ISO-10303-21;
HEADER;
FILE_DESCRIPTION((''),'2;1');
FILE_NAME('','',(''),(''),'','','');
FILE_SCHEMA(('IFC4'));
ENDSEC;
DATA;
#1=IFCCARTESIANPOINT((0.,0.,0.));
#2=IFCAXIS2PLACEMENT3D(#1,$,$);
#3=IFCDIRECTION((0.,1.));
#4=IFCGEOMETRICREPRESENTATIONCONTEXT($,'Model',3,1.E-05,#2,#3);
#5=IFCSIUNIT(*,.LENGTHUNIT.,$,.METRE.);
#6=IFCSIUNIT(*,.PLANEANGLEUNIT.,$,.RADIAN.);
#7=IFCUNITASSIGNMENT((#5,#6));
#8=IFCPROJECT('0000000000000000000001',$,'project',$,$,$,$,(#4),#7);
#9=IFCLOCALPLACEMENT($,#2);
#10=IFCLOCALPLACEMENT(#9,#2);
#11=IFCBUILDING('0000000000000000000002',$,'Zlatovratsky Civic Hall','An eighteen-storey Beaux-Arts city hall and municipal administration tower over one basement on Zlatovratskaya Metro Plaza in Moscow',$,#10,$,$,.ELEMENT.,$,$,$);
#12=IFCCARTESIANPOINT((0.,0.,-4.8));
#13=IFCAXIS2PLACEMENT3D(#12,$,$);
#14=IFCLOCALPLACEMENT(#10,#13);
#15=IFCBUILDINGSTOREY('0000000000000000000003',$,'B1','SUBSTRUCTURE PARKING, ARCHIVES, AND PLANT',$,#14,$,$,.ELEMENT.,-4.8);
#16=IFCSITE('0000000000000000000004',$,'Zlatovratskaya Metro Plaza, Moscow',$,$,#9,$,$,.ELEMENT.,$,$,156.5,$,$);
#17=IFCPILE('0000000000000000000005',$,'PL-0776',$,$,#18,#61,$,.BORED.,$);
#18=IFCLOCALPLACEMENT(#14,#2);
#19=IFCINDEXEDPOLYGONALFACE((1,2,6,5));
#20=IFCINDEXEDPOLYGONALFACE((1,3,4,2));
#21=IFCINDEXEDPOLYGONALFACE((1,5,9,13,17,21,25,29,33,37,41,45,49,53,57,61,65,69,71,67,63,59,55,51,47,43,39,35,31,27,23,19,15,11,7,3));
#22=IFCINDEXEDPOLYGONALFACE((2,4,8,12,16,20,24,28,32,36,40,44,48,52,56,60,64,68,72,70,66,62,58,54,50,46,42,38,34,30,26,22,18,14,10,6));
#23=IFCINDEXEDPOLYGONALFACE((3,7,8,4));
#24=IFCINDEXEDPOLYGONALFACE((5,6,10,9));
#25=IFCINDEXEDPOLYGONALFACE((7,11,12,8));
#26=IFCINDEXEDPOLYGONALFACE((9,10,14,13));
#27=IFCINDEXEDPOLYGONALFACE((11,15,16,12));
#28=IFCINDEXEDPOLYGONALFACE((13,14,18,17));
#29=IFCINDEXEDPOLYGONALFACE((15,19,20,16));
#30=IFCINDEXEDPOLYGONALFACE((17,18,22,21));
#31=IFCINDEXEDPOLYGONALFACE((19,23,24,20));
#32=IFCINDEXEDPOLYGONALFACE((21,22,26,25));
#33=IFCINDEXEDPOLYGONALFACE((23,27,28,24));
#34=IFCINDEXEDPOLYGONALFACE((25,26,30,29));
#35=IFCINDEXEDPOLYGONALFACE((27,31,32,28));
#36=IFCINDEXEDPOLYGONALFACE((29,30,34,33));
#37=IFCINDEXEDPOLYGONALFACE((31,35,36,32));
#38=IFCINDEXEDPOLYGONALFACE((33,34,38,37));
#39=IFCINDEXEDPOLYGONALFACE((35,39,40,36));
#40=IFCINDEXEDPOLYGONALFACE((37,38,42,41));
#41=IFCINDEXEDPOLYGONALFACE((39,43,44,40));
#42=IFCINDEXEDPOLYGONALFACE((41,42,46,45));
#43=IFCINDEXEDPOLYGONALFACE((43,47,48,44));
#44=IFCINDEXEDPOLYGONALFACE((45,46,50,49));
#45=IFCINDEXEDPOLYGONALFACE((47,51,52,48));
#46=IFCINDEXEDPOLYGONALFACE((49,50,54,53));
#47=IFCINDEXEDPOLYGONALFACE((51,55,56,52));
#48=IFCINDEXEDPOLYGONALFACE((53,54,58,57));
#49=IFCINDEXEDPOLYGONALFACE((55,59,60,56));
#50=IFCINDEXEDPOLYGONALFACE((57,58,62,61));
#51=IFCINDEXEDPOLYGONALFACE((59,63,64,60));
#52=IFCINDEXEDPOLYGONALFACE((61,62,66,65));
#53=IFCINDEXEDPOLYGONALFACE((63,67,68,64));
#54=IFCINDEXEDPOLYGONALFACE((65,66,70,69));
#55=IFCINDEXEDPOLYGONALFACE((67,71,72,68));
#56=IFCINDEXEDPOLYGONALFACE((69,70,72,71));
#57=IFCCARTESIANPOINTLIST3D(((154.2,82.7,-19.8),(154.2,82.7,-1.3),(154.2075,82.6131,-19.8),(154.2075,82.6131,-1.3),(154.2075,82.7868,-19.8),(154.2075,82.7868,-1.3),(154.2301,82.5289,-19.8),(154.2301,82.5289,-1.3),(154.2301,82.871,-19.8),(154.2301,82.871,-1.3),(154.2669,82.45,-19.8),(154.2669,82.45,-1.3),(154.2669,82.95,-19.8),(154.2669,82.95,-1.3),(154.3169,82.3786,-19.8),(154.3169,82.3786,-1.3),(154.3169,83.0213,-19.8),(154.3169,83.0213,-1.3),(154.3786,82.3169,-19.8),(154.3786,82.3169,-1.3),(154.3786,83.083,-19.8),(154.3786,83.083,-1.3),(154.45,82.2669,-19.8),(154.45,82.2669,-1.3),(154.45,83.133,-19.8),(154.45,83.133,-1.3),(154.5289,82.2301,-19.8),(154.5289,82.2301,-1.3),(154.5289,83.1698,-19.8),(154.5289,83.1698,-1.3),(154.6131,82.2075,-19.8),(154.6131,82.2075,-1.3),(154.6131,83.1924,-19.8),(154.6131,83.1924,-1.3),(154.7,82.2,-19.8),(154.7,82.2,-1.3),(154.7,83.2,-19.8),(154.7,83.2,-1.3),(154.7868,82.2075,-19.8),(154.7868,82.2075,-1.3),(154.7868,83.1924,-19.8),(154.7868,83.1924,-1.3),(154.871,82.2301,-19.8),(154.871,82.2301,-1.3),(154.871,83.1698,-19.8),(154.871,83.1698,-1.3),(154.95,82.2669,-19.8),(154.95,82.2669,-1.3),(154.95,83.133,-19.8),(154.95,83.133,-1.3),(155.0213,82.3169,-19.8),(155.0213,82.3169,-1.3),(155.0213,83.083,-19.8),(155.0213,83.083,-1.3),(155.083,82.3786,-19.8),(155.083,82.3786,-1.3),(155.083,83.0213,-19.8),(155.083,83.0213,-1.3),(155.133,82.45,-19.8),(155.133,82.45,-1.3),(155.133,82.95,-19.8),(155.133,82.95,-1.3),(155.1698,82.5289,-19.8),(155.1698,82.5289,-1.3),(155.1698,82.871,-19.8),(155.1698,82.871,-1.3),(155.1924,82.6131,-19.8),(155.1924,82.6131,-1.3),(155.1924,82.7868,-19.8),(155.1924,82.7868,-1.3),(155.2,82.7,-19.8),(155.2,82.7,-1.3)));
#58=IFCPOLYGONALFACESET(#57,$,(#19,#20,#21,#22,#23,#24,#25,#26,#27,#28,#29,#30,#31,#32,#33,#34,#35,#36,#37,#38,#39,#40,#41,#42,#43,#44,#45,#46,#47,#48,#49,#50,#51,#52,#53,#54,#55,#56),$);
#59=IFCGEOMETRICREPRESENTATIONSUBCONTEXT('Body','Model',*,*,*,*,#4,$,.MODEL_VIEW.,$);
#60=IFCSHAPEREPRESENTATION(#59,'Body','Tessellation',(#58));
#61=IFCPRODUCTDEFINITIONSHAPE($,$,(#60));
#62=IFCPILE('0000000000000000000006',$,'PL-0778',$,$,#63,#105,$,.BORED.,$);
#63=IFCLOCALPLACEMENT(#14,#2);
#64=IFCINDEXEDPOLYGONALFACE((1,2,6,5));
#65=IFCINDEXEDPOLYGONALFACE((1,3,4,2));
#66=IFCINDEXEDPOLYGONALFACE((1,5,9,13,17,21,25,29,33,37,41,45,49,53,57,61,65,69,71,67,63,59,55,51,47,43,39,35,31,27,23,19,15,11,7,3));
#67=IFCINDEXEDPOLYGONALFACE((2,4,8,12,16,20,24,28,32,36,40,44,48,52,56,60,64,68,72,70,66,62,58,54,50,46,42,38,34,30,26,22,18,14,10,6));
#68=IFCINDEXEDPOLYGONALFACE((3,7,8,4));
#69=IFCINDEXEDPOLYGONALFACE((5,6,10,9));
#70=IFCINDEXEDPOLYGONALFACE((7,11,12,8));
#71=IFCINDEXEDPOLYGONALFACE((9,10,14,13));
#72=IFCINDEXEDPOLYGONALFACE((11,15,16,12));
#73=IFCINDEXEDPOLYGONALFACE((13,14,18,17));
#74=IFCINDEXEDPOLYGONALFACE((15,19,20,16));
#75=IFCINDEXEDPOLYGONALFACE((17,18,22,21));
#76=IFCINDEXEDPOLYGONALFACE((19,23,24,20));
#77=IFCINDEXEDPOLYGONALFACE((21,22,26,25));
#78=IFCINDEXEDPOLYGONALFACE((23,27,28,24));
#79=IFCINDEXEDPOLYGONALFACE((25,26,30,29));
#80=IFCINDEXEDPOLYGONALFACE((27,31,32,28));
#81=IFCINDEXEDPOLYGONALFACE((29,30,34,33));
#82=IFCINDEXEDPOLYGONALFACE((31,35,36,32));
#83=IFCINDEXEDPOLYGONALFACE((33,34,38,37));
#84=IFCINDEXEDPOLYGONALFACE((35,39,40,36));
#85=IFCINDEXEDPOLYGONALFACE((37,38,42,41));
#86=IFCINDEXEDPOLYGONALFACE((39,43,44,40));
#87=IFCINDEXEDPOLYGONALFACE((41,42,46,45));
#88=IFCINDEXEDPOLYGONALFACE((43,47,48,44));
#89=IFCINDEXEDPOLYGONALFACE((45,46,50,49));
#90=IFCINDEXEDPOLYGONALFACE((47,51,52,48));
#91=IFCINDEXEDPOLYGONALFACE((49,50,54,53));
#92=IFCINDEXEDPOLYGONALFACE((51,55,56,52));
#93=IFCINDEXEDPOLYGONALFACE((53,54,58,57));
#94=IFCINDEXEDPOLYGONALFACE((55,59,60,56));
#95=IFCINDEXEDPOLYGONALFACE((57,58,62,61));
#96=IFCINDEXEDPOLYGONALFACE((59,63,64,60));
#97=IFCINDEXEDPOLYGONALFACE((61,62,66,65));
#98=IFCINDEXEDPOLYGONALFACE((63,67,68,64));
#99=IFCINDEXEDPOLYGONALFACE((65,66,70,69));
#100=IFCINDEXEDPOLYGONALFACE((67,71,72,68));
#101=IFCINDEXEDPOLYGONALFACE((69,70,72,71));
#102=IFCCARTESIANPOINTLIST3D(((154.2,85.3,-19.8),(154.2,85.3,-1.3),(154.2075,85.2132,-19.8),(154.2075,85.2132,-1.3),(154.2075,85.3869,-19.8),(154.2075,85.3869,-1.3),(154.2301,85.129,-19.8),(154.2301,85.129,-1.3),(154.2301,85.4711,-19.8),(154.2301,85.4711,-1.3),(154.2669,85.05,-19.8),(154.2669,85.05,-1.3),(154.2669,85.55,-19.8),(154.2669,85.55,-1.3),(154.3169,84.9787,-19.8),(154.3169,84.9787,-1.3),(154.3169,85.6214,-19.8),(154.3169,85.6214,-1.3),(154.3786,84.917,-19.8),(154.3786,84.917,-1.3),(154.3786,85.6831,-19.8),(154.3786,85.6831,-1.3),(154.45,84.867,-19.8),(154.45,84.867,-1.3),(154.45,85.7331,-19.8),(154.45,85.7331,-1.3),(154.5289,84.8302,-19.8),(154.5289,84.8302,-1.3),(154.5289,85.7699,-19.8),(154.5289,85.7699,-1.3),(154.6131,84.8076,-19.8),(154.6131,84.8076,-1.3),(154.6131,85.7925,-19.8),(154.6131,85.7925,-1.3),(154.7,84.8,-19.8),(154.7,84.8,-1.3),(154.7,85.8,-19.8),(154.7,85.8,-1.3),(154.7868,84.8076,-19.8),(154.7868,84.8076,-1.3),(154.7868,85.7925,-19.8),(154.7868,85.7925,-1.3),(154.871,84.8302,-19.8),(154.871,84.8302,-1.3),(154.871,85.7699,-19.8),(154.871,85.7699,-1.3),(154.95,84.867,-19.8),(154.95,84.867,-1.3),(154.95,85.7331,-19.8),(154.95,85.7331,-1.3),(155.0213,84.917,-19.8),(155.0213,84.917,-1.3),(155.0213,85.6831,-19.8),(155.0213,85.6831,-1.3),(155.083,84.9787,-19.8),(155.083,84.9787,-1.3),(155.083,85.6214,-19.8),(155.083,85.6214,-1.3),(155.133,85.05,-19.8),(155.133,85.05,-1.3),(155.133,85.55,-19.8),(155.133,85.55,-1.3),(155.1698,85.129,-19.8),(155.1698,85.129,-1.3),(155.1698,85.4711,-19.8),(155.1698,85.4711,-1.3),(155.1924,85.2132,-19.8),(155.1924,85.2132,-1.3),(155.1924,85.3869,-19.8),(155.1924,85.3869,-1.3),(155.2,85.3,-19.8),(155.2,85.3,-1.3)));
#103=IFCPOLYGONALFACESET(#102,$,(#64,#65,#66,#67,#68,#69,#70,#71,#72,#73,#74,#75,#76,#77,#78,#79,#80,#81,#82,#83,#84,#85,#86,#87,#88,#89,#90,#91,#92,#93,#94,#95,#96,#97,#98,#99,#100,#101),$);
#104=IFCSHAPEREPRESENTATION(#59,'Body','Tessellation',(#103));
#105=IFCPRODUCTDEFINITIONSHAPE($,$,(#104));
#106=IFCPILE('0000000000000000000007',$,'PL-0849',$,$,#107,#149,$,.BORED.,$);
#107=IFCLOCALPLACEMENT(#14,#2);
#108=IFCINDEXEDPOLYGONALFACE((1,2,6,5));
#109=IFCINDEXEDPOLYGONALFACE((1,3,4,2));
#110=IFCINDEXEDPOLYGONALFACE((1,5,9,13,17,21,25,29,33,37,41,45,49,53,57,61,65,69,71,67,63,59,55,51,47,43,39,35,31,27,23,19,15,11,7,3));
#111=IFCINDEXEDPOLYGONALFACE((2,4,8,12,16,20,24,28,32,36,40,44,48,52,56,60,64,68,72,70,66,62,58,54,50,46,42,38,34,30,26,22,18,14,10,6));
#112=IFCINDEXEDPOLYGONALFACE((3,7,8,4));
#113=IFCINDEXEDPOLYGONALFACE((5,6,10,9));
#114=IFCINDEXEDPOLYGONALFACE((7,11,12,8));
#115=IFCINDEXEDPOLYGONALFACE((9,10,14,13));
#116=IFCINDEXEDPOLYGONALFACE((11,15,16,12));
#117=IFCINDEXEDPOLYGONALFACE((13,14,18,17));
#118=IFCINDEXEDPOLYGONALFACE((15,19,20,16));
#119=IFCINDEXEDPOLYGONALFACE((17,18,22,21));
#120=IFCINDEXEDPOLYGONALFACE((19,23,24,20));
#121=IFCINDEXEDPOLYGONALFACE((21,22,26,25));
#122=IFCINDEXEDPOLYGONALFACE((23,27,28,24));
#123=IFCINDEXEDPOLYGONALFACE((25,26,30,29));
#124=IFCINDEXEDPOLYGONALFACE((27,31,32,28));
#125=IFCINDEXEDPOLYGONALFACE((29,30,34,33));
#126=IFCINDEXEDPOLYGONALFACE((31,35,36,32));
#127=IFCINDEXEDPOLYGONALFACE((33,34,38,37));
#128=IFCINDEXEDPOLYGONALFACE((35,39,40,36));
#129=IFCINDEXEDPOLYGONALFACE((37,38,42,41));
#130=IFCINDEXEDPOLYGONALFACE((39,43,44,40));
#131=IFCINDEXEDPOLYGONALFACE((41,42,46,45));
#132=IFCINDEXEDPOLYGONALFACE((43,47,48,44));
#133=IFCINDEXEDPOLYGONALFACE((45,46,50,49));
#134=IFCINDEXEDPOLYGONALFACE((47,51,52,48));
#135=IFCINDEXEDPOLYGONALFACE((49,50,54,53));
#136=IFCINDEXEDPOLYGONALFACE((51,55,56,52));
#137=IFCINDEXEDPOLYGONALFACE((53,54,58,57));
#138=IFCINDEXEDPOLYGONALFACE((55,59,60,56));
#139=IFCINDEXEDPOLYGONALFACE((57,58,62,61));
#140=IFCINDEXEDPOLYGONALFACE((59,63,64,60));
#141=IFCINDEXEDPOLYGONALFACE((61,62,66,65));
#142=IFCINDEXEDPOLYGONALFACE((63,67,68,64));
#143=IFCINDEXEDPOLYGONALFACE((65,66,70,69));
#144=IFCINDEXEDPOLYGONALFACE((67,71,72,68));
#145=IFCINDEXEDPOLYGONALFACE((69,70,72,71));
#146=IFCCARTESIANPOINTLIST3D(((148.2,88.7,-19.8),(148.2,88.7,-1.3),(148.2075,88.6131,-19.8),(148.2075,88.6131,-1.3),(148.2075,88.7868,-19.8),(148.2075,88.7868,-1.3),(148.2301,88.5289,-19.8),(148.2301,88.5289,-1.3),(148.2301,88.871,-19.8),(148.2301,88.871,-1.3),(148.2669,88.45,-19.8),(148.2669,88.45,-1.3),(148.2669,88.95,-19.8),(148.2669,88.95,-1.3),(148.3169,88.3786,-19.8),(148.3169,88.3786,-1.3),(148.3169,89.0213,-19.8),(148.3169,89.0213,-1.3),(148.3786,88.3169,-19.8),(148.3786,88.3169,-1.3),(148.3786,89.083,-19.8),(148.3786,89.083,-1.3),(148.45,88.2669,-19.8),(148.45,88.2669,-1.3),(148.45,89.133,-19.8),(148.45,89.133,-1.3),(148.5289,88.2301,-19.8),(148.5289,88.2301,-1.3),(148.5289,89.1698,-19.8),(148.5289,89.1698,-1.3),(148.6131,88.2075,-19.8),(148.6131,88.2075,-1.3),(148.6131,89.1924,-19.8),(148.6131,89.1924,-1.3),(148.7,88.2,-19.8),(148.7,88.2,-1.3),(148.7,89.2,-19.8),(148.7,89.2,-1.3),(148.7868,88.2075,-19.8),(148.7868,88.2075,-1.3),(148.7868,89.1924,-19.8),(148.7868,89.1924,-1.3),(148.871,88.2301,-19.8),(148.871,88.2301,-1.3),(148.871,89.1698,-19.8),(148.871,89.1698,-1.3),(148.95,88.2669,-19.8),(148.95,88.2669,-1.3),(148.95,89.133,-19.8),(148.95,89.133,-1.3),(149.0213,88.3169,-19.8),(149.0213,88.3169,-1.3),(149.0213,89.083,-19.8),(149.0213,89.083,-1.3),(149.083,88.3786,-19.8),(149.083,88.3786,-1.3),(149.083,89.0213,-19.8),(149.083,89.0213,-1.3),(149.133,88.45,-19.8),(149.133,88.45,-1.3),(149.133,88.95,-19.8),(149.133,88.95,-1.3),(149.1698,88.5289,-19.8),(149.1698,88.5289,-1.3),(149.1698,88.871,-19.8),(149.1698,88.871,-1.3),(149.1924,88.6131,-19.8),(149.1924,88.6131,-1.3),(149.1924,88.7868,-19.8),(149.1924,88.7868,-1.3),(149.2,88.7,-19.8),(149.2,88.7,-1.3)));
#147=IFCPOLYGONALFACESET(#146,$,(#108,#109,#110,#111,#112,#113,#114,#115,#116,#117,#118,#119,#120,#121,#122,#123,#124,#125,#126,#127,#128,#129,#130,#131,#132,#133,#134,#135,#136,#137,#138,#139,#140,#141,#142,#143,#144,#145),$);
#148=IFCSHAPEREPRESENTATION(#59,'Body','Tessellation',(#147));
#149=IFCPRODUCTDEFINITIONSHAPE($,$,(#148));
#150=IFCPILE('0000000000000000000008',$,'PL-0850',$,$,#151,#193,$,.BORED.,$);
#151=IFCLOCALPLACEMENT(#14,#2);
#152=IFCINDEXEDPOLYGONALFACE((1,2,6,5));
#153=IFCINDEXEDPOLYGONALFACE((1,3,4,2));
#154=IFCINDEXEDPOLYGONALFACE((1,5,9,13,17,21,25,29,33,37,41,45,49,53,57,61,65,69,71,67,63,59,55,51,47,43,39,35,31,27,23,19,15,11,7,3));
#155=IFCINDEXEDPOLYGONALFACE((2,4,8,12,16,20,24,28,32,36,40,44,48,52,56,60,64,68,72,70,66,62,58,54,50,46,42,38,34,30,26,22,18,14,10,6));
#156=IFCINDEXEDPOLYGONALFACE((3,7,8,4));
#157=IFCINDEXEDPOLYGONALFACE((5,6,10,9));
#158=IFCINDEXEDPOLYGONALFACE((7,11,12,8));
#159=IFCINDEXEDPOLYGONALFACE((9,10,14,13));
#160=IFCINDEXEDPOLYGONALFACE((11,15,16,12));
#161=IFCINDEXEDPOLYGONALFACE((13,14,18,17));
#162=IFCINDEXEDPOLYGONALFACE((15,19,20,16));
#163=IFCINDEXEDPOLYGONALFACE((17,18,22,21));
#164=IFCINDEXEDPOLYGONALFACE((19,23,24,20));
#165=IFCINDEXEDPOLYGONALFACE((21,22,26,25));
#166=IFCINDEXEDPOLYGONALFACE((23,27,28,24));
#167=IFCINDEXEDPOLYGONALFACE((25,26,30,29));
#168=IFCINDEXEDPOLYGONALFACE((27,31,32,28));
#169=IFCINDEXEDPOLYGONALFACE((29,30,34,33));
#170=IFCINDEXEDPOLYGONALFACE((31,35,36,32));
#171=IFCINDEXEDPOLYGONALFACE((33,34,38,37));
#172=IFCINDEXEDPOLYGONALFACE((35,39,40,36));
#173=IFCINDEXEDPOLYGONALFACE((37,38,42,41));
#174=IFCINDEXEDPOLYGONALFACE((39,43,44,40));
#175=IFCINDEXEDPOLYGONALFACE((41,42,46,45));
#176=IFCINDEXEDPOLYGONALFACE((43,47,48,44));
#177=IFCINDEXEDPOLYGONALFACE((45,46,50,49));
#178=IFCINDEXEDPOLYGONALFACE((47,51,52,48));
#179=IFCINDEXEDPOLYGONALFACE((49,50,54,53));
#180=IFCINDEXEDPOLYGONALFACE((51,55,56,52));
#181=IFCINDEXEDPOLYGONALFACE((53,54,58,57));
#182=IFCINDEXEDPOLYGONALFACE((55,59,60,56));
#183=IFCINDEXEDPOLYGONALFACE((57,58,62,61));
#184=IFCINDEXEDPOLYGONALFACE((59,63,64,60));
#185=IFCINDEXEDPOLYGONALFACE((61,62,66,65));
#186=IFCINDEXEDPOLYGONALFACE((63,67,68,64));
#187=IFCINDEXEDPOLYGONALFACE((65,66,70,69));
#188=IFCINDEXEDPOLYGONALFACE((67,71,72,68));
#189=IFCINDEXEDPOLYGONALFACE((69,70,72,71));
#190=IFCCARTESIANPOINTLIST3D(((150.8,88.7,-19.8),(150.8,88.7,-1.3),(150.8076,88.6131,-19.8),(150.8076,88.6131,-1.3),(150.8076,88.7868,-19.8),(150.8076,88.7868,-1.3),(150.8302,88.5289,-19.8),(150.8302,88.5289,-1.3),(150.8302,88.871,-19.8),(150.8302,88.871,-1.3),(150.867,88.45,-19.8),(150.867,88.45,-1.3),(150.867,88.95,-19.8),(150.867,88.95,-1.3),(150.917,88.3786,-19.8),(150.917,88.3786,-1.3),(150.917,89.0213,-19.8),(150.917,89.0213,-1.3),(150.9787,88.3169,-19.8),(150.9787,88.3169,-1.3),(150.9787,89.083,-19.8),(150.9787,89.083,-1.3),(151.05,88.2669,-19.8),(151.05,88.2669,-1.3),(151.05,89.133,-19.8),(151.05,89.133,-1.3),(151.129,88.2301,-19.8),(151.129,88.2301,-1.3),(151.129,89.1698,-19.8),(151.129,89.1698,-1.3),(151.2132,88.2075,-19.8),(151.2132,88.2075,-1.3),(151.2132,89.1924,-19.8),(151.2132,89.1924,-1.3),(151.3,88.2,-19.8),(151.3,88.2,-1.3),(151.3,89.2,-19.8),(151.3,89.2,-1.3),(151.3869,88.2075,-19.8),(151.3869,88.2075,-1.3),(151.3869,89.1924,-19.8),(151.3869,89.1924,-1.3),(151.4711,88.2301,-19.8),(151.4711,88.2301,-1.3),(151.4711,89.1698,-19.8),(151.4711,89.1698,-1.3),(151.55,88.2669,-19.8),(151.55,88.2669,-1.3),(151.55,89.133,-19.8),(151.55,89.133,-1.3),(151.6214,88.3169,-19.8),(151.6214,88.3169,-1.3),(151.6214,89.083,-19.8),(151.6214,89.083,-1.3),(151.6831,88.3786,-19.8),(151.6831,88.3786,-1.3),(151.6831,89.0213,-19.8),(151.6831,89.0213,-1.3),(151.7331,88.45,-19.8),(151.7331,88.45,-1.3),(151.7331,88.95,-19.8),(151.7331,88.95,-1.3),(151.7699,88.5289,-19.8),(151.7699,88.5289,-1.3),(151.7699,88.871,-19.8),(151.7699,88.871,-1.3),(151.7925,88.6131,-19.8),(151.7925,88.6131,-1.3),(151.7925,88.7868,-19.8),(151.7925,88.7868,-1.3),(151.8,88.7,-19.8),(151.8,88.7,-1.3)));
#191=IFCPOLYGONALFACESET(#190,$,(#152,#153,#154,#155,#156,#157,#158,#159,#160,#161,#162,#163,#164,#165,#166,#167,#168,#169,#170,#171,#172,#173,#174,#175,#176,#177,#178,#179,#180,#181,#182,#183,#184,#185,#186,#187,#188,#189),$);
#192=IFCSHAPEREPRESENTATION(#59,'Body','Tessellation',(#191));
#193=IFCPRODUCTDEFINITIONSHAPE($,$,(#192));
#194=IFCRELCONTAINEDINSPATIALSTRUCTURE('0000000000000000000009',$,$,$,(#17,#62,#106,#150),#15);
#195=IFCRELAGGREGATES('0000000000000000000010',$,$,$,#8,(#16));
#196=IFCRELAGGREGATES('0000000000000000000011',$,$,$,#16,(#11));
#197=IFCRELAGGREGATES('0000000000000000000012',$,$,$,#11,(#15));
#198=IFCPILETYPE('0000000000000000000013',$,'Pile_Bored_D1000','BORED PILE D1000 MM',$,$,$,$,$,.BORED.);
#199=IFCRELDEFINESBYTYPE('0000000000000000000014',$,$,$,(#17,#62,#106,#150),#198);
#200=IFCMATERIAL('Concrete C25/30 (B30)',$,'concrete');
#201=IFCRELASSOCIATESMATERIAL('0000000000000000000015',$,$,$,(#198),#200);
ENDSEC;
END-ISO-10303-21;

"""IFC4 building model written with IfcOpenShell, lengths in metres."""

from ifc_helpers import new_model, si_unit, direction, frame, origin, origin_2d, place, context, subcontext, project, spatial, circle, extrude, material, material_profile, profile_set, type_object, element, save


model = new_model("IFC4")

# Units and contexts
model_context = context("Model", 3, precision=1e-05, world=origin(), true_north=direction((0.0, 1.0)))
body_context = subcontext(model_context, "Body", "Model", "MODEL_VIEW")
ifc_project = project(units=[si_unit("LENGTHUNIT", "METRE"), si_unit("PLANEANGLEUNIT", "RADIAN")], contexts=[model_context])

# Site, building, storey
site_placement = place(None, origin())
site = spatial("IfcSite", under=ifc_project, at=site_placement, Name="Zlatovratskaya Metro Plaza, Moscow", CompositionType="ELEMENT", RefElevation=156.5)
building_placement = place(site_placement, origin())
building = spatial("IfcBuilding", under=site, at=building_placement, Name="Zlatovratsky Civic Hall", Description="An eighteen-storey Beaux-Arts city hall and municipal administration tower over one basement on Zlatovratskaya Metro Plaza in Moscow", CompositionType="ELEMENT")
storey_placement = place(building_placement, frame((0.0, 0.0, -4.8)))
storey = spatial("IfcBuildingStorey", under=building, at=storey_placement, Name="B1", Description="SUBSTRUCTURE PARKING, ARCHIVES, AND PLANT", CompositionType="ELEMENT", Elevation=-4.8)

# Shared definitions
ifc_material_1 = material(Name="Concrete C25/30 (B30)", Category="concrete")

# Piles
ifc_material_profile_1 = material_profile(ifc_material_1, circle(Radius=0.5, at=origin_2d()), Name="PILE D1000")
ifc_profile_set_1 = profile_set([ifc_material_profile_1], Name="Concrete C25/30 (B30)")
pile_type = type_object("IfcPileType", Name="Pile_Bored_D1000", Description="BORED PILE D1000 MM", PredefinedType="BORED", material=ifc_profile_set_1)
for number, where, z_axis, x_axis, name in (
    (1, (154.7, 82.7, -1.3), (0.0, 0.0, -1.0), (1.0, 0.0, 0.0), "PL-0776"),
    (2, (154.7, 85.3, -1.3), (0.0, 0.0, -1.0), (1.0, 0.0, 0.0), "PL-0778"),
    (3, (148.7, 88.7, -1.3), (0.0, 0.0, -1.0), (1.0, 0.0, 0.0), "PL-0849"),
    (4, (151.3, 88.7, -1.3), (0.0, 0.0, -1.0), (1.0, 0.0, 0.0), "PL-0850"),
):
    element("IfcPile", number, at=place(storey_placement, frame(where, z_axis=z_axis, x_axis=x_axis)), inside=storey, type_object=pile_type, Name=name, PredefinedType="BORED", context=body_context, shape_type="SweptSolid", body=[
        extrude(circle(Radius=0.5, at=origin_2d()), origin(), (0.0, 0.0, 1.0), 18.5),
    ])

save(model, "model.ifc")
